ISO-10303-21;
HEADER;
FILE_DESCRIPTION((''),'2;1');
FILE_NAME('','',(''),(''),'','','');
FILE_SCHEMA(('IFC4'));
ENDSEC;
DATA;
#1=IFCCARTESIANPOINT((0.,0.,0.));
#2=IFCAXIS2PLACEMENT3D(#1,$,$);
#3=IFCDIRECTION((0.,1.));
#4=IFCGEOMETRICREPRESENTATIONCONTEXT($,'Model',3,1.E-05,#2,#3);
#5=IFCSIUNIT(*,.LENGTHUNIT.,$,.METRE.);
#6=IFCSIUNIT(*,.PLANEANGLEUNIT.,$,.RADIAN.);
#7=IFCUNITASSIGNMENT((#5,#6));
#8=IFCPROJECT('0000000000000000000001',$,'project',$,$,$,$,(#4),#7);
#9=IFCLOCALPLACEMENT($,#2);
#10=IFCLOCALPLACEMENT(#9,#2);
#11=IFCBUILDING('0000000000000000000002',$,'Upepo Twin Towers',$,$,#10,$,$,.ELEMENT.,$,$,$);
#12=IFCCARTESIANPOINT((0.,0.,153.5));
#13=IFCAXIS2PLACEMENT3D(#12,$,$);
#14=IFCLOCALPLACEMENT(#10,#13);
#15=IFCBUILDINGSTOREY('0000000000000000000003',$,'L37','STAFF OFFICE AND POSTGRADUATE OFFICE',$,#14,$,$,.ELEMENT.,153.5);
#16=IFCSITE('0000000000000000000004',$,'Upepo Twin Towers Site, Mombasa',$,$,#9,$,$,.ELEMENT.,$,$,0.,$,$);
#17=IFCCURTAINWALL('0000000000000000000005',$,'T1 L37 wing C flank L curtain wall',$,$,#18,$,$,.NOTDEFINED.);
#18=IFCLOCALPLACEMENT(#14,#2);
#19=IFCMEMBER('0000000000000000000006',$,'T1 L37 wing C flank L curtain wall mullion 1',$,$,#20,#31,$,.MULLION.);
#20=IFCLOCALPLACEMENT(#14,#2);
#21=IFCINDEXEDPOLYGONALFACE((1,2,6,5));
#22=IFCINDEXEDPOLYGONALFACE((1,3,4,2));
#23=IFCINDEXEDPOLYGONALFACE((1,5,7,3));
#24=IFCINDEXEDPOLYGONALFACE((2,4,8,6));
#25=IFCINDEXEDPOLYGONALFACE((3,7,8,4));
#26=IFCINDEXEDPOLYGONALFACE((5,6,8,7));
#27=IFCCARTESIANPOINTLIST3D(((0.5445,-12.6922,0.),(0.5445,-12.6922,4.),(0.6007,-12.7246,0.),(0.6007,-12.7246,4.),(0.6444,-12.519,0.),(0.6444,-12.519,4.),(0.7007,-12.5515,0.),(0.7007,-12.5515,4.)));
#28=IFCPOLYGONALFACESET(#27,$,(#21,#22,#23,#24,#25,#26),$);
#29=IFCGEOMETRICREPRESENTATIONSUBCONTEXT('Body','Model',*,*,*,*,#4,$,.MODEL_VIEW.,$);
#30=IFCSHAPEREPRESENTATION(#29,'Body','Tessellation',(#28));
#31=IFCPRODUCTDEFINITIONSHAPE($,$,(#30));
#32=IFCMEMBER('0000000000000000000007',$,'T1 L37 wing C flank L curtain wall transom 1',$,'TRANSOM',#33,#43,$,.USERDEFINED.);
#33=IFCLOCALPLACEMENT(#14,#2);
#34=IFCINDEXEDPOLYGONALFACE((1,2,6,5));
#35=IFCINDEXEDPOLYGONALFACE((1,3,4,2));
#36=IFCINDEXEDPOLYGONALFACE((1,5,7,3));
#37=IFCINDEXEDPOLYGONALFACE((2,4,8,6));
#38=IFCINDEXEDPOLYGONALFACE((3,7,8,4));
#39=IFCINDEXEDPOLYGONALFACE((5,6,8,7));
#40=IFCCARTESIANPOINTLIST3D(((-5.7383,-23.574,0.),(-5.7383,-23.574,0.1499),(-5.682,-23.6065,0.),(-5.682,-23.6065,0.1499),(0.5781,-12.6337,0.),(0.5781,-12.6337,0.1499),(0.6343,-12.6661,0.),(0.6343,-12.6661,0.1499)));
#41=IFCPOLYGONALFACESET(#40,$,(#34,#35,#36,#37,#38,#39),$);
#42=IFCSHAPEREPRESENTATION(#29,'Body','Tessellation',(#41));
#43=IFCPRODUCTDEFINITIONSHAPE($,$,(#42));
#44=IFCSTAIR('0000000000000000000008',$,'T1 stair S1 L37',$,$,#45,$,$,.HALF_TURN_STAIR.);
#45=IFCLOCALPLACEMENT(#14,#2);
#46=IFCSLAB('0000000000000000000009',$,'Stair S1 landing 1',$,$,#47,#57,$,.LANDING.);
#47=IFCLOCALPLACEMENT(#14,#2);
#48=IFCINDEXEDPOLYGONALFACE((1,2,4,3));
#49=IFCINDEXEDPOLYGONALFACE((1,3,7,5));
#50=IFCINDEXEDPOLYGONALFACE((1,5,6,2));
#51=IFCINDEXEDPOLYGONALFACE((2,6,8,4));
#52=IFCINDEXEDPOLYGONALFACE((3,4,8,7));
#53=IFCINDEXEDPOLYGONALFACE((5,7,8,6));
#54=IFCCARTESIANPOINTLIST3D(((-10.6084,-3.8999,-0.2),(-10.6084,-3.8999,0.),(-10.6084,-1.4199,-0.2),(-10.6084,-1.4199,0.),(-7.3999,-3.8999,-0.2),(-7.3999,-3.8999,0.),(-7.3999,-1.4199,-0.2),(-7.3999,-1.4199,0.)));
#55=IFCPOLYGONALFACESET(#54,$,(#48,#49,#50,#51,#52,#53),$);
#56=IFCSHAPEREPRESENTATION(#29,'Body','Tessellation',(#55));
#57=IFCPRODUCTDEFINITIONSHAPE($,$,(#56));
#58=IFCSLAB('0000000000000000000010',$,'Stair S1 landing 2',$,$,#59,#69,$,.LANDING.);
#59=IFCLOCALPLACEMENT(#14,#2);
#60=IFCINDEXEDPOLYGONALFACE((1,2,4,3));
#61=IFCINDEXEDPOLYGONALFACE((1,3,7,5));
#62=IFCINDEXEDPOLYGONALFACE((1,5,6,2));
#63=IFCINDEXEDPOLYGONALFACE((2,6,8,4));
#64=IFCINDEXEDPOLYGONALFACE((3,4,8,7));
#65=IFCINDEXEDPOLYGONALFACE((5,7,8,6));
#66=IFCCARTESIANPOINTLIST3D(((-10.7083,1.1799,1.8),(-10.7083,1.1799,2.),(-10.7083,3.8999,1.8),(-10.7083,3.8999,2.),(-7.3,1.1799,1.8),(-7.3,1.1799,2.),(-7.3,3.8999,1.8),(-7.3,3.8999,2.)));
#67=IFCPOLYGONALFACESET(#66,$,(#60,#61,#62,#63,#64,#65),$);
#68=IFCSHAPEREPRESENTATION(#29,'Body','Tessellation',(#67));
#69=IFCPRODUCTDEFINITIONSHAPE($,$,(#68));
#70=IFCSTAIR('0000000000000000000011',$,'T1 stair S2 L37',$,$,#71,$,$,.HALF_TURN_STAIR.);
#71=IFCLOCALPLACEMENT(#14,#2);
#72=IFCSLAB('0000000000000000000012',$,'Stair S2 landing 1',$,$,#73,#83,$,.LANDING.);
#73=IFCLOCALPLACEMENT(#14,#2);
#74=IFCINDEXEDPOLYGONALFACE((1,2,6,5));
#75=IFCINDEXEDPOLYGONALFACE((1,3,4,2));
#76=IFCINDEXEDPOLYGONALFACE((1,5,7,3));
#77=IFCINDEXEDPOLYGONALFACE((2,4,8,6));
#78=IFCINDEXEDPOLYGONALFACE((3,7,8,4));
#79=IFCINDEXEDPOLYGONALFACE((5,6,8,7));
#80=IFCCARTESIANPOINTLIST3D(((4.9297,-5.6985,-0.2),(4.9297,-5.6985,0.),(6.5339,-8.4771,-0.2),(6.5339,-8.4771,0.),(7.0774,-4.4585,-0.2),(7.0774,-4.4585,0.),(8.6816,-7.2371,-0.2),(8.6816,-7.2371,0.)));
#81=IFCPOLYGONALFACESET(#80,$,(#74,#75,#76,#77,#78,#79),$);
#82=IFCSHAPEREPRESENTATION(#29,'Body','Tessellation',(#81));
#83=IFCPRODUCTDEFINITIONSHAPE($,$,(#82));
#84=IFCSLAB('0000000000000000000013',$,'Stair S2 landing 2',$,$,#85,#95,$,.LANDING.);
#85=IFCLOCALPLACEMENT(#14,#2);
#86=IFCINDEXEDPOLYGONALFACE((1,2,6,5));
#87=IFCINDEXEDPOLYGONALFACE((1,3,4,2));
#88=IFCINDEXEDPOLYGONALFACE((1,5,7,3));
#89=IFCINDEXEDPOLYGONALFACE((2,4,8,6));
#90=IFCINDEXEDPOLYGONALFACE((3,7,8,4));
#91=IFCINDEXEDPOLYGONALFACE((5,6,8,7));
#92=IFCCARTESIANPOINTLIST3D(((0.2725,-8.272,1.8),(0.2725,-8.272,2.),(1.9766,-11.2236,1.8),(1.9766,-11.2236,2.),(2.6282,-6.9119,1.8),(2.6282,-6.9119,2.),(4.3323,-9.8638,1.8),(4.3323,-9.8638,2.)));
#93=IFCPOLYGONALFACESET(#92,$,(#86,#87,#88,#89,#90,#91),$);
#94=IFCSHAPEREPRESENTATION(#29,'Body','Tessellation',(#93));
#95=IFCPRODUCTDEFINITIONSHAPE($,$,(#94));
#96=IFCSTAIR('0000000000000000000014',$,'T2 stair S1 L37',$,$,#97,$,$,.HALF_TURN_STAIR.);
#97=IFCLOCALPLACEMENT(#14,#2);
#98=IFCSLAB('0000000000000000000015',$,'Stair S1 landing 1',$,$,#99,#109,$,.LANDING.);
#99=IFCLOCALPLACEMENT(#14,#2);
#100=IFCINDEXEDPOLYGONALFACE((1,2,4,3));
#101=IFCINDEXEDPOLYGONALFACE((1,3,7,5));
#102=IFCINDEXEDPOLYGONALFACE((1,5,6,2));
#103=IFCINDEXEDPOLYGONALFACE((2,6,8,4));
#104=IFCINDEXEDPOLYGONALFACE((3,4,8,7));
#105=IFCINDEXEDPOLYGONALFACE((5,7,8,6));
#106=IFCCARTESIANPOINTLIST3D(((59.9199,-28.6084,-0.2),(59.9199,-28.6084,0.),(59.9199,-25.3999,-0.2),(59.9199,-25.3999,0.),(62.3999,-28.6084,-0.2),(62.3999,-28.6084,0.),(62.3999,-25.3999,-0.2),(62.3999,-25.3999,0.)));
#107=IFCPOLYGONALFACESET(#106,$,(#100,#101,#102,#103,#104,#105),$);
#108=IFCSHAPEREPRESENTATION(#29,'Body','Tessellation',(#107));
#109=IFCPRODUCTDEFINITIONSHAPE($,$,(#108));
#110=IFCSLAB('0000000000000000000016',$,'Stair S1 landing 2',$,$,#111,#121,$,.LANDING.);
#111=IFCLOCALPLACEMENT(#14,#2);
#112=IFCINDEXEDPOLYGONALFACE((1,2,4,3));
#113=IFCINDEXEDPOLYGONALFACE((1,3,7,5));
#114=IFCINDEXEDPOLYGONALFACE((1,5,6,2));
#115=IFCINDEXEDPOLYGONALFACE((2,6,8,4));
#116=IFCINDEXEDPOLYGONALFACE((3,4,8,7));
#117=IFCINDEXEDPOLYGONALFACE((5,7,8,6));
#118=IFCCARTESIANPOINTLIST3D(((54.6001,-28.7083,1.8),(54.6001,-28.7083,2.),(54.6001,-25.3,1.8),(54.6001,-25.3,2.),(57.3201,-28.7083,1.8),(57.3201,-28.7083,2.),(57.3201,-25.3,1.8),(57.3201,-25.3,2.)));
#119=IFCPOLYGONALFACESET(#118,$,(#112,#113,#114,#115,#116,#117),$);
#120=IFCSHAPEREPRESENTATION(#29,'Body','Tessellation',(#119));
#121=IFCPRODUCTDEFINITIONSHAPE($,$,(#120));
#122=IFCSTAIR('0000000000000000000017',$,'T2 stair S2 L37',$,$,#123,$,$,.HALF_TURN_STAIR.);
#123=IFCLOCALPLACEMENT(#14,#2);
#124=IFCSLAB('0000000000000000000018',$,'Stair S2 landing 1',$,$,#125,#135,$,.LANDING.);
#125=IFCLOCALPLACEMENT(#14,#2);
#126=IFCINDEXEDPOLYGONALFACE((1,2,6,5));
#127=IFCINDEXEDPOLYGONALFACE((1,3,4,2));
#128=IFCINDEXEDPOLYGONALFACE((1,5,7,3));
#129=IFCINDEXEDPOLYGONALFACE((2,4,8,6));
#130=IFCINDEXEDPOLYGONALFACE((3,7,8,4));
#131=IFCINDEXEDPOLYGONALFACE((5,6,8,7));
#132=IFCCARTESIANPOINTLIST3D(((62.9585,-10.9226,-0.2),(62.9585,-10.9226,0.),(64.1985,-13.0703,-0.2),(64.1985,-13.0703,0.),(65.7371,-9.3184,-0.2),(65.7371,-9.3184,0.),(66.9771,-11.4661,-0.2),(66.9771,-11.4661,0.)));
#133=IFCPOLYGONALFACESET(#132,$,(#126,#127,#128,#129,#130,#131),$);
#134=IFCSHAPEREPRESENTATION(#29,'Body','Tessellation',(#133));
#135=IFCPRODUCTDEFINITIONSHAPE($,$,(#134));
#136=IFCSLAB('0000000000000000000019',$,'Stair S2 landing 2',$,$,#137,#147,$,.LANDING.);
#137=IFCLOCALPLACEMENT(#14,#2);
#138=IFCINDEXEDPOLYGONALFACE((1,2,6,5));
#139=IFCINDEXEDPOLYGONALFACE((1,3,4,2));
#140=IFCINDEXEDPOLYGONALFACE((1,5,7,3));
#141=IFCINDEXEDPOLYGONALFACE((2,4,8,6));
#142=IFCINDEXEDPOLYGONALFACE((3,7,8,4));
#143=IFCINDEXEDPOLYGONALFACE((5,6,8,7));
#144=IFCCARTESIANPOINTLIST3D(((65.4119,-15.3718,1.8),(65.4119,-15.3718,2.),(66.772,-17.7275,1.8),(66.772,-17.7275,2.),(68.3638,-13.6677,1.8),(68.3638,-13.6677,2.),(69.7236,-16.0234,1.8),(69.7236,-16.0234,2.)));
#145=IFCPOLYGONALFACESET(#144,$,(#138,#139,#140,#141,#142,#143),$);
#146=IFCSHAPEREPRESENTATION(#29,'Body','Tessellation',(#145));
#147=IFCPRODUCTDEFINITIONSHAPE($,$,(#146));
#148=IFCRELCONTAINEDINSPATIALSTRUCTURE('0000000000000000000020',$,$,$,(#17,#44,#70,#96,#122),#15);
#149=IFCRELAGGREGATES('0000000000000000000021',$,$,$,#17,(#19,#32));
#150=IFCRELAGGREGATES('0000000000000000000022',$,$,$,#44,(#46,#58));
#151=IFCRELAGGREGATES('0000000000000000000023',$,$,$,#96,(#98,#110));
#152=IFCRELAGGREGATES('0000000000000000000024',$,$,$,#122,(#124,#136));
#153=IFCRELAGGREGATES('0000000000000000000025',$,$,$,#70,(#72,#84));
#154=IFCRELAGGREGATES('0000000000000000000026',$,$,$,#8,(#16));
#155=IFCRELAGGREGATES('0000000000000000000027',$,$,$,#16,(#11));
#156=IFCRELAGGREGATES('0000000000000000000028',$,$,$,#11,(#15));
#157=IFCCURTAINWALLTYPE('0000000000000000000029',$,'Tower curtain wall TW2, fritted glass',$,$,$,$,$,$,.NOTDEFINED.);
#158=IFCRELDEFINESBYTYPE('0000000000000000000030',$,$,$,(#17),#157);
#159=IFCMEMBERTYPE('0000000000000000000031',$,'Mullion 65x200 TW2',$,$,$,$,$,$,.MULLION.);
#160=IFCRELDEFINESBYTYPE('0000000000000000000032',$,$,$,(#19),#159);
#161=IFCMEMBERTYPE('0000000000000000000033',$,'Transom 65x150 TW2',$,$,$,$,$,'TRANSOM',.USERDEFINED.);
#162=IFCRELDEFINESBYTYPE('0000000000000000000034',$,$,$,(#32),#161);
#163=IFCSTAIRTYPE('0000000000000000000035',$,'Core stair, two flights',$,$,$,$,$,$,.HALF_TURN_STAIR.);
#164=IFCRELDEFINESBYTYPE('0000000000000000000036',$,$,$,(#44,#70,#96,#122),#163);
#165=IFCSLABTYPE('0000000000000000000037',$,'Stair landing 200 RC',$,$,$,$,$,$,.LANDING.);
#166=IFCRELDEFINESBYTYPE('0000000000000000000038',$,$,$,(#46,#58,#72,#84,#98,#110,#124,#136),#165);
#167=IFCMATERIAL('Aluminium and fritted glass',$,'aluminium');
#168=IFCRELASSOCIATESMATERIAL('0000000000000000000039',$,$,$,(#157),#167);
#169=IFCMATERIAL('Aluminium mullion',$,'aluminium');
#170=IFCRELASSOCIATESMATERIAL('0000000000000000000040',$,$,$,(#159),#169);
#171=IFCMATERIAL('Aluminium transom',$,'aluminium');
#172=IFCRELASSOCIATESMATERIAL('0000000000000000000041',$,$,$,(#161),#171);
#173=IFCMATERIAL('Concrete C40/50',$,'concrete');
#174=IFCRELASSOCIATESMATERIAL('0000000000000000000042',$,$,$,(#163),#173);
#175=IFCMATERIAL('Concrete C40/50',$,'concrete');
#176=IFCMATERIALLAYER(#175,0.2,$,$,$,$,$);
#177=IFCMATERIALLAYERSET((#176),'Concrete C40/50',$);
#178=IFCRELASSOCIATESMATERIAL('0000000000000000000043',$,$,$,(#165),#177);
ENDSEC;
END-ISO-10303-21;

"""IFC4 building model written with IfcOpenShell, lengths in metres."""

from ifc_helpers import new_model, si_unit, direction, frame, origin, origin_2d, place, context, subcontext, project, spatial, polyline, rectangle, outline, extrude, material, layer, layer_set, material_profile, profile_set, type_object, element, aggregate, save


model = new_model("IFC4")

# Units and contexts
model_context = context("Model", 3, precision=1e-05, world=origin(), true_north=direction((0.0, 1.0)))
body_context = subcontext(model_context, "Body", "Model", "MODEL_VIEW")
ifc_project = project(units=[si_unit("LENGTHUNIT", "METRE"), si_unit("PLANEANGLEUNIT", "RADIAN")], contexts=[model_context])

# Site, building, storey
site_placement = place(None, origin())
site = spatial("IfcSite", under=ifc_project, at=site_placement, Name="Upepo Twin Towers Site, Mombasa", CompositionType="ELEMENT", RefElevation=0.0)
building_placement = place(site_placement, origin())
building = spatial("IfcBuilding", under=site, at=building_placement, Name="Upepo Twin Towers", CompositionType="ELEMENT")
storey_placement = place(building_placement, frame((0.0, 0.0, 153.5)))
storey = spatial("IfcBuildingStorey", under=building, at=storey_placement, Name="L37", Description="STAFF OFFICE AND POSTGRADUATE OFFICE", CompositionType="ELEMENT", Elevation=153.5)

# Curtain wall, members
ifc_material_1 = material(Name="Aluminium and fritted glass", Category="aluminium")
curtain_wall_type = type_object("IfcCurtainWallType", Name="Tower curtain wall TW2, fritted glass", PredefinedType="NOTDEFINED", material=ifc_material_1)
curtain_wall_placement = place(storey_placement, origin())
curtain_wall = element("IfcCurtainWall", 1, at=curtain_wall_placement, inside=storey, type_object=curtain_wall_type, Name="T1 L37 wing C flank L curtain wall", PredefinedType="NOTDEFINED")
ifc_material_2 = material(Name="Aluminium mullion", Category="aluminium")
ifc_material_profile_1 = material_profile(ifc_material_2, rectangle(XDim=0.0649, YDim=0.2, at=origin_2d()), Name="MULLION 65x200")
ifc_profile_set_1 = profile_set([ifc_material_profile_1], Name="Aluminium mullion")
member_type_1 = type_object("IfcMemberType", Name="Mullion 65x200 TW2", PredefinedType="MULLION", material=ifc_profile_set_1)
member_1_placement = place(storey_placement, frame((0.6226, -12.6218, 0.0), z_axis=(0.0, 0.0, 1.0), x_axis=(0.866025, -0.5, 0.0)))
member_1 = element("IfcMember", 2, at=member_1_placement, type_object=member_type_1, Name="T1 L37 wing C flank L curtain wall mullion 1", PredefinedType="MULLION", context=body_context, shape_type="SweptSolid", body=[
    extrude(rectangle(XDim=0.0649, YDim=0.2, at=origin_2d()), origin(), (0.0, 0.0, 1.0), 4.0),
])
ifc_material_3 = material(Name="Aluminium transom", Category="aluminium")
ifc_material_profile_2 = material_profile(ifc_material_3, rectangle(XDim=0.0649, YDim=0.1499, at=origin_2d()), Name="TRANSOM 65x150")
ifc_profile_set_2 = profile_set([ifc_material_profile_2], Name="Aluminium transom")
member_type_2 = type_object("IfcMemberType", Name="Transom 65x150 TW2", ElementType="TRANSOM", PredefinedType="USERDEFINED", material=ifc_profile_set_2)
member_2_placement = place(storey_placement, frame((0.6062, -12.6499, 0.075), z_axis=(-0.499997, -0.866027, 0.0), x_axis=(0.866027, -0.499997, 0.0)))
member_2 = element("IfcMember", 3, at=member_2_placement, type_object=member_type_2, Name="T1 L37 wing C flank L curtain wall transom 1", ObjectType="TRANSOM", PredefinedType="USERDEFINED", context=body_context, shape_type="SweptSolid", body=[
    extrude(rectangle(XDim=0.0649, YDim=0.1499, at=origin_2d()), origin(), (0.0, 0.0, 1.0), 12.6328),
])
aggregate(curtain_wall, [member_1, member_2])

# Stairs, slabs
ifc_material_4 = material(Name="Concrete C40/50", Category="concrete")
stair_type = type_object("IfcStairType", Name="Core stair, two flights", PredefinedType="HALF_TURN_STAIR", material=ifc_material_4)
stair_1_placement = place(storey_placement, origin())
stair_1 = element("IfcStair", 4, at=stair_1_placement, inside=storey, type_object=stair_type, Name="T1 stair S1 L37", PredefinedType="HALF_TURN_STAIR")
ifc_material_5 = material(Name="Concrete C40/50", Category="concrete")
ifc_layer_1 = layer(ifc_material_5, 0.2)
ifc_layer_set_1 = layer_set([ifc_layer_1], Name="Concrete C40/50")
slab_type_1 = type_object("IfcSlabType", Name="Stair landing 200 RC", PredefinedType="LANDING", material=ifc_layer_set_1)
slab_1_placement = place(storey_placement, frame((0.0, 0.0, -0.2)))
slab_1 = element("IfcSlab", 5, at=slab_1_placement, type_object=slab_type_1, Name="Stair S1 landing 1", PredefinedType="LANDING", context=body_context, shape_type="SweptSolid", body=[
    extrude(outline(polyline([(-7.3999, -1.4199), (-10.6084, -1.4199), (-10.6084, -3.8999), (-7.3999, -3.8999), (-7.3999, -1.4199)])), origin(), (0.0, 0.0, 1.0), 0.2),
])
slab_2_placement = place(storey_placement, frame((0.0, 0.0, 1.8)))
slab_2 = element("IfcSlab", 6, at=slab_2_placement, type_object=slab_type_1, Name="Stair S1 landing 2", PredefinedType="LANDING", context=body_context, shape_type="SweptSolid", body=[
    extrude(outline(polyline([(-7.3, 3.8999), (-10.7083, 3.8999), (-10.7083, 1.1799), (-7.3, 1.1799), (-7.3, 3.8999)])), origin(), (0.0, 0.0, 1.0), 0.2),
])
aggregate(stair_1, [slab_1, slab_2])
stair_2_placement = place(storey_placement, origin())
stair_2 = element("IfcStair", 7, at=stair_2_placement, inside=storey, type_object=stair_type, Name="T1 stair S2 L37", PredefinedType="HALF_TURN_STAIR")
slab_3_placement = place(storey_placement, frame((0.0, 0.0, -0.2)))
slab_3 = element("IfcSlab", 8, at=slab_3_placement, type_object=slab_type_1, Name="Stair S2 landing 1", PredefinedType="LANDING", context=body_context, shape_type="SweptSolid", body=[
    extrude(outline(polyline([(4.9297, -5.6985), (6.5339, -8.4771), (8.6816, -7.2371), (7.0774, -4.4585), (4.9297, -5.6985)])), origin(), (0.0, 0.0, 1.0), 0.2),
])
slab_4_placement = place(storey_placement, frame((0.0, 0.0, 1.8)))
slab_4 = element("IfcSlab", 9, at=slab_4_placement, type_object=slab_type_1, Name="Stair S2 landing 2", PredefinedType="LANDING", context=body_context, shape_type="SweptSolid", body=[
    extrude(outline(polyline([(0.2725, -8.272), (1.9766, -11.2236), (4.3323, -9.8638), (2.6282, -6.9119), (0.2725, -8.272)])), origin(), (0.0, 0.0, 1.0), 0.2),
])
stair_3_placement = place(storey_placement, origin())
stair_3 = element("IfcStair", 10, at=stair_3_placement, inside=storey, type_object=stair_type, Name="T2 stair S1 L37", PredefinedType="HALF_TURN_STAIR")
slab_5_placement = place(storey_placement, frame((0.0, 0.0, -0.2)))
slab_5 = element("IfcSlab", 11, at=slab_5_placement, type_object=slab_type_1, Name="Stair S1 landing 1", PredefinedType="LANDING", context=body_context, shape_type="SweptSolid", body=[
    extrude(outline(polyline([(59.9199, -25.3999), (59.9199, -28.6084), (62.3999, -28.6084), (62.3999, -25.3999), (59.9199, -25.3999)])), origin(), (0.0, 0.0, 1.0), 0.2),
])
slab_6_placement = place(storey_placement, frame((0.0, 0.0, 1.8)))
slab_6 = element("IfcSlab", 12, at=slab_6_placement, type_object=slab_type_1, Name="Stair S1 landing 2", PredefinedType="LANDING", context=body_context, shape_type="SweptSolid", body=[
    extrude(outline(polyline([(54.6001, -25.3), (54.6001, -28.7083), (57.3201, -28.7083), (57.3201, -25.3), (54.6001, -25.3)])), origin(), (0.0, 0.0, 1.0), 0.2),
])
aggregate(stair_3, [slab_5, slab_6])
stair_4_placement = place(storey_placement, origin())
stair_4 = element("IfcStair", 13, at=stair_4_placement, inside=storey, type_object=stair_type, Name="T2 stair S2 L37", PredefinedType="HALF_TURN_STAIR")
slab_7_placement = place(storey_placement, frame((0.0, 0.0, -0.2)))
slab_7 = element("IfcSlab", 14, at=slab_7_placement, type_object=slab_type_1, Name="Stair S2 landing 1", PredefinedType="LANDING", context=body_context, shape_type="SweptSolid", body=[
    extrude(outline(polyline([(64.1985, -13.0703), (66.9771, -11.4661), (65.7371, -9.3184), (62.9585, -10.9226), (64.1985, -13.0703)])), origin(), (0.0, 0.0, 1.0), 0.2),
])
slab_8_placement = place(storey_placement, frame((0.0, 0.0, 1.8)))
slab_8 = element("IfcSlab", 15, at=slab_8_placement, type_object=slab_type_1, Name="Stair S2 landing 2", PredefinedType="LANDING", context=body_context, shape_type="SweptSolid", body=[
    extrude(outline(polyline([(66.772, -17.7275), (69.7236, -16.0234), (68.3638, -13.6677), (65.4119, -15.3718), (66.772, -17.7275)])), origin(), (0.0, 0.0, 1.0), 0.2),
])
aggregate(stair_4, [slab_7, slab_8])

aggregate(stair_2, [slab_3, slab_4])

save(model, "model.ifc")
